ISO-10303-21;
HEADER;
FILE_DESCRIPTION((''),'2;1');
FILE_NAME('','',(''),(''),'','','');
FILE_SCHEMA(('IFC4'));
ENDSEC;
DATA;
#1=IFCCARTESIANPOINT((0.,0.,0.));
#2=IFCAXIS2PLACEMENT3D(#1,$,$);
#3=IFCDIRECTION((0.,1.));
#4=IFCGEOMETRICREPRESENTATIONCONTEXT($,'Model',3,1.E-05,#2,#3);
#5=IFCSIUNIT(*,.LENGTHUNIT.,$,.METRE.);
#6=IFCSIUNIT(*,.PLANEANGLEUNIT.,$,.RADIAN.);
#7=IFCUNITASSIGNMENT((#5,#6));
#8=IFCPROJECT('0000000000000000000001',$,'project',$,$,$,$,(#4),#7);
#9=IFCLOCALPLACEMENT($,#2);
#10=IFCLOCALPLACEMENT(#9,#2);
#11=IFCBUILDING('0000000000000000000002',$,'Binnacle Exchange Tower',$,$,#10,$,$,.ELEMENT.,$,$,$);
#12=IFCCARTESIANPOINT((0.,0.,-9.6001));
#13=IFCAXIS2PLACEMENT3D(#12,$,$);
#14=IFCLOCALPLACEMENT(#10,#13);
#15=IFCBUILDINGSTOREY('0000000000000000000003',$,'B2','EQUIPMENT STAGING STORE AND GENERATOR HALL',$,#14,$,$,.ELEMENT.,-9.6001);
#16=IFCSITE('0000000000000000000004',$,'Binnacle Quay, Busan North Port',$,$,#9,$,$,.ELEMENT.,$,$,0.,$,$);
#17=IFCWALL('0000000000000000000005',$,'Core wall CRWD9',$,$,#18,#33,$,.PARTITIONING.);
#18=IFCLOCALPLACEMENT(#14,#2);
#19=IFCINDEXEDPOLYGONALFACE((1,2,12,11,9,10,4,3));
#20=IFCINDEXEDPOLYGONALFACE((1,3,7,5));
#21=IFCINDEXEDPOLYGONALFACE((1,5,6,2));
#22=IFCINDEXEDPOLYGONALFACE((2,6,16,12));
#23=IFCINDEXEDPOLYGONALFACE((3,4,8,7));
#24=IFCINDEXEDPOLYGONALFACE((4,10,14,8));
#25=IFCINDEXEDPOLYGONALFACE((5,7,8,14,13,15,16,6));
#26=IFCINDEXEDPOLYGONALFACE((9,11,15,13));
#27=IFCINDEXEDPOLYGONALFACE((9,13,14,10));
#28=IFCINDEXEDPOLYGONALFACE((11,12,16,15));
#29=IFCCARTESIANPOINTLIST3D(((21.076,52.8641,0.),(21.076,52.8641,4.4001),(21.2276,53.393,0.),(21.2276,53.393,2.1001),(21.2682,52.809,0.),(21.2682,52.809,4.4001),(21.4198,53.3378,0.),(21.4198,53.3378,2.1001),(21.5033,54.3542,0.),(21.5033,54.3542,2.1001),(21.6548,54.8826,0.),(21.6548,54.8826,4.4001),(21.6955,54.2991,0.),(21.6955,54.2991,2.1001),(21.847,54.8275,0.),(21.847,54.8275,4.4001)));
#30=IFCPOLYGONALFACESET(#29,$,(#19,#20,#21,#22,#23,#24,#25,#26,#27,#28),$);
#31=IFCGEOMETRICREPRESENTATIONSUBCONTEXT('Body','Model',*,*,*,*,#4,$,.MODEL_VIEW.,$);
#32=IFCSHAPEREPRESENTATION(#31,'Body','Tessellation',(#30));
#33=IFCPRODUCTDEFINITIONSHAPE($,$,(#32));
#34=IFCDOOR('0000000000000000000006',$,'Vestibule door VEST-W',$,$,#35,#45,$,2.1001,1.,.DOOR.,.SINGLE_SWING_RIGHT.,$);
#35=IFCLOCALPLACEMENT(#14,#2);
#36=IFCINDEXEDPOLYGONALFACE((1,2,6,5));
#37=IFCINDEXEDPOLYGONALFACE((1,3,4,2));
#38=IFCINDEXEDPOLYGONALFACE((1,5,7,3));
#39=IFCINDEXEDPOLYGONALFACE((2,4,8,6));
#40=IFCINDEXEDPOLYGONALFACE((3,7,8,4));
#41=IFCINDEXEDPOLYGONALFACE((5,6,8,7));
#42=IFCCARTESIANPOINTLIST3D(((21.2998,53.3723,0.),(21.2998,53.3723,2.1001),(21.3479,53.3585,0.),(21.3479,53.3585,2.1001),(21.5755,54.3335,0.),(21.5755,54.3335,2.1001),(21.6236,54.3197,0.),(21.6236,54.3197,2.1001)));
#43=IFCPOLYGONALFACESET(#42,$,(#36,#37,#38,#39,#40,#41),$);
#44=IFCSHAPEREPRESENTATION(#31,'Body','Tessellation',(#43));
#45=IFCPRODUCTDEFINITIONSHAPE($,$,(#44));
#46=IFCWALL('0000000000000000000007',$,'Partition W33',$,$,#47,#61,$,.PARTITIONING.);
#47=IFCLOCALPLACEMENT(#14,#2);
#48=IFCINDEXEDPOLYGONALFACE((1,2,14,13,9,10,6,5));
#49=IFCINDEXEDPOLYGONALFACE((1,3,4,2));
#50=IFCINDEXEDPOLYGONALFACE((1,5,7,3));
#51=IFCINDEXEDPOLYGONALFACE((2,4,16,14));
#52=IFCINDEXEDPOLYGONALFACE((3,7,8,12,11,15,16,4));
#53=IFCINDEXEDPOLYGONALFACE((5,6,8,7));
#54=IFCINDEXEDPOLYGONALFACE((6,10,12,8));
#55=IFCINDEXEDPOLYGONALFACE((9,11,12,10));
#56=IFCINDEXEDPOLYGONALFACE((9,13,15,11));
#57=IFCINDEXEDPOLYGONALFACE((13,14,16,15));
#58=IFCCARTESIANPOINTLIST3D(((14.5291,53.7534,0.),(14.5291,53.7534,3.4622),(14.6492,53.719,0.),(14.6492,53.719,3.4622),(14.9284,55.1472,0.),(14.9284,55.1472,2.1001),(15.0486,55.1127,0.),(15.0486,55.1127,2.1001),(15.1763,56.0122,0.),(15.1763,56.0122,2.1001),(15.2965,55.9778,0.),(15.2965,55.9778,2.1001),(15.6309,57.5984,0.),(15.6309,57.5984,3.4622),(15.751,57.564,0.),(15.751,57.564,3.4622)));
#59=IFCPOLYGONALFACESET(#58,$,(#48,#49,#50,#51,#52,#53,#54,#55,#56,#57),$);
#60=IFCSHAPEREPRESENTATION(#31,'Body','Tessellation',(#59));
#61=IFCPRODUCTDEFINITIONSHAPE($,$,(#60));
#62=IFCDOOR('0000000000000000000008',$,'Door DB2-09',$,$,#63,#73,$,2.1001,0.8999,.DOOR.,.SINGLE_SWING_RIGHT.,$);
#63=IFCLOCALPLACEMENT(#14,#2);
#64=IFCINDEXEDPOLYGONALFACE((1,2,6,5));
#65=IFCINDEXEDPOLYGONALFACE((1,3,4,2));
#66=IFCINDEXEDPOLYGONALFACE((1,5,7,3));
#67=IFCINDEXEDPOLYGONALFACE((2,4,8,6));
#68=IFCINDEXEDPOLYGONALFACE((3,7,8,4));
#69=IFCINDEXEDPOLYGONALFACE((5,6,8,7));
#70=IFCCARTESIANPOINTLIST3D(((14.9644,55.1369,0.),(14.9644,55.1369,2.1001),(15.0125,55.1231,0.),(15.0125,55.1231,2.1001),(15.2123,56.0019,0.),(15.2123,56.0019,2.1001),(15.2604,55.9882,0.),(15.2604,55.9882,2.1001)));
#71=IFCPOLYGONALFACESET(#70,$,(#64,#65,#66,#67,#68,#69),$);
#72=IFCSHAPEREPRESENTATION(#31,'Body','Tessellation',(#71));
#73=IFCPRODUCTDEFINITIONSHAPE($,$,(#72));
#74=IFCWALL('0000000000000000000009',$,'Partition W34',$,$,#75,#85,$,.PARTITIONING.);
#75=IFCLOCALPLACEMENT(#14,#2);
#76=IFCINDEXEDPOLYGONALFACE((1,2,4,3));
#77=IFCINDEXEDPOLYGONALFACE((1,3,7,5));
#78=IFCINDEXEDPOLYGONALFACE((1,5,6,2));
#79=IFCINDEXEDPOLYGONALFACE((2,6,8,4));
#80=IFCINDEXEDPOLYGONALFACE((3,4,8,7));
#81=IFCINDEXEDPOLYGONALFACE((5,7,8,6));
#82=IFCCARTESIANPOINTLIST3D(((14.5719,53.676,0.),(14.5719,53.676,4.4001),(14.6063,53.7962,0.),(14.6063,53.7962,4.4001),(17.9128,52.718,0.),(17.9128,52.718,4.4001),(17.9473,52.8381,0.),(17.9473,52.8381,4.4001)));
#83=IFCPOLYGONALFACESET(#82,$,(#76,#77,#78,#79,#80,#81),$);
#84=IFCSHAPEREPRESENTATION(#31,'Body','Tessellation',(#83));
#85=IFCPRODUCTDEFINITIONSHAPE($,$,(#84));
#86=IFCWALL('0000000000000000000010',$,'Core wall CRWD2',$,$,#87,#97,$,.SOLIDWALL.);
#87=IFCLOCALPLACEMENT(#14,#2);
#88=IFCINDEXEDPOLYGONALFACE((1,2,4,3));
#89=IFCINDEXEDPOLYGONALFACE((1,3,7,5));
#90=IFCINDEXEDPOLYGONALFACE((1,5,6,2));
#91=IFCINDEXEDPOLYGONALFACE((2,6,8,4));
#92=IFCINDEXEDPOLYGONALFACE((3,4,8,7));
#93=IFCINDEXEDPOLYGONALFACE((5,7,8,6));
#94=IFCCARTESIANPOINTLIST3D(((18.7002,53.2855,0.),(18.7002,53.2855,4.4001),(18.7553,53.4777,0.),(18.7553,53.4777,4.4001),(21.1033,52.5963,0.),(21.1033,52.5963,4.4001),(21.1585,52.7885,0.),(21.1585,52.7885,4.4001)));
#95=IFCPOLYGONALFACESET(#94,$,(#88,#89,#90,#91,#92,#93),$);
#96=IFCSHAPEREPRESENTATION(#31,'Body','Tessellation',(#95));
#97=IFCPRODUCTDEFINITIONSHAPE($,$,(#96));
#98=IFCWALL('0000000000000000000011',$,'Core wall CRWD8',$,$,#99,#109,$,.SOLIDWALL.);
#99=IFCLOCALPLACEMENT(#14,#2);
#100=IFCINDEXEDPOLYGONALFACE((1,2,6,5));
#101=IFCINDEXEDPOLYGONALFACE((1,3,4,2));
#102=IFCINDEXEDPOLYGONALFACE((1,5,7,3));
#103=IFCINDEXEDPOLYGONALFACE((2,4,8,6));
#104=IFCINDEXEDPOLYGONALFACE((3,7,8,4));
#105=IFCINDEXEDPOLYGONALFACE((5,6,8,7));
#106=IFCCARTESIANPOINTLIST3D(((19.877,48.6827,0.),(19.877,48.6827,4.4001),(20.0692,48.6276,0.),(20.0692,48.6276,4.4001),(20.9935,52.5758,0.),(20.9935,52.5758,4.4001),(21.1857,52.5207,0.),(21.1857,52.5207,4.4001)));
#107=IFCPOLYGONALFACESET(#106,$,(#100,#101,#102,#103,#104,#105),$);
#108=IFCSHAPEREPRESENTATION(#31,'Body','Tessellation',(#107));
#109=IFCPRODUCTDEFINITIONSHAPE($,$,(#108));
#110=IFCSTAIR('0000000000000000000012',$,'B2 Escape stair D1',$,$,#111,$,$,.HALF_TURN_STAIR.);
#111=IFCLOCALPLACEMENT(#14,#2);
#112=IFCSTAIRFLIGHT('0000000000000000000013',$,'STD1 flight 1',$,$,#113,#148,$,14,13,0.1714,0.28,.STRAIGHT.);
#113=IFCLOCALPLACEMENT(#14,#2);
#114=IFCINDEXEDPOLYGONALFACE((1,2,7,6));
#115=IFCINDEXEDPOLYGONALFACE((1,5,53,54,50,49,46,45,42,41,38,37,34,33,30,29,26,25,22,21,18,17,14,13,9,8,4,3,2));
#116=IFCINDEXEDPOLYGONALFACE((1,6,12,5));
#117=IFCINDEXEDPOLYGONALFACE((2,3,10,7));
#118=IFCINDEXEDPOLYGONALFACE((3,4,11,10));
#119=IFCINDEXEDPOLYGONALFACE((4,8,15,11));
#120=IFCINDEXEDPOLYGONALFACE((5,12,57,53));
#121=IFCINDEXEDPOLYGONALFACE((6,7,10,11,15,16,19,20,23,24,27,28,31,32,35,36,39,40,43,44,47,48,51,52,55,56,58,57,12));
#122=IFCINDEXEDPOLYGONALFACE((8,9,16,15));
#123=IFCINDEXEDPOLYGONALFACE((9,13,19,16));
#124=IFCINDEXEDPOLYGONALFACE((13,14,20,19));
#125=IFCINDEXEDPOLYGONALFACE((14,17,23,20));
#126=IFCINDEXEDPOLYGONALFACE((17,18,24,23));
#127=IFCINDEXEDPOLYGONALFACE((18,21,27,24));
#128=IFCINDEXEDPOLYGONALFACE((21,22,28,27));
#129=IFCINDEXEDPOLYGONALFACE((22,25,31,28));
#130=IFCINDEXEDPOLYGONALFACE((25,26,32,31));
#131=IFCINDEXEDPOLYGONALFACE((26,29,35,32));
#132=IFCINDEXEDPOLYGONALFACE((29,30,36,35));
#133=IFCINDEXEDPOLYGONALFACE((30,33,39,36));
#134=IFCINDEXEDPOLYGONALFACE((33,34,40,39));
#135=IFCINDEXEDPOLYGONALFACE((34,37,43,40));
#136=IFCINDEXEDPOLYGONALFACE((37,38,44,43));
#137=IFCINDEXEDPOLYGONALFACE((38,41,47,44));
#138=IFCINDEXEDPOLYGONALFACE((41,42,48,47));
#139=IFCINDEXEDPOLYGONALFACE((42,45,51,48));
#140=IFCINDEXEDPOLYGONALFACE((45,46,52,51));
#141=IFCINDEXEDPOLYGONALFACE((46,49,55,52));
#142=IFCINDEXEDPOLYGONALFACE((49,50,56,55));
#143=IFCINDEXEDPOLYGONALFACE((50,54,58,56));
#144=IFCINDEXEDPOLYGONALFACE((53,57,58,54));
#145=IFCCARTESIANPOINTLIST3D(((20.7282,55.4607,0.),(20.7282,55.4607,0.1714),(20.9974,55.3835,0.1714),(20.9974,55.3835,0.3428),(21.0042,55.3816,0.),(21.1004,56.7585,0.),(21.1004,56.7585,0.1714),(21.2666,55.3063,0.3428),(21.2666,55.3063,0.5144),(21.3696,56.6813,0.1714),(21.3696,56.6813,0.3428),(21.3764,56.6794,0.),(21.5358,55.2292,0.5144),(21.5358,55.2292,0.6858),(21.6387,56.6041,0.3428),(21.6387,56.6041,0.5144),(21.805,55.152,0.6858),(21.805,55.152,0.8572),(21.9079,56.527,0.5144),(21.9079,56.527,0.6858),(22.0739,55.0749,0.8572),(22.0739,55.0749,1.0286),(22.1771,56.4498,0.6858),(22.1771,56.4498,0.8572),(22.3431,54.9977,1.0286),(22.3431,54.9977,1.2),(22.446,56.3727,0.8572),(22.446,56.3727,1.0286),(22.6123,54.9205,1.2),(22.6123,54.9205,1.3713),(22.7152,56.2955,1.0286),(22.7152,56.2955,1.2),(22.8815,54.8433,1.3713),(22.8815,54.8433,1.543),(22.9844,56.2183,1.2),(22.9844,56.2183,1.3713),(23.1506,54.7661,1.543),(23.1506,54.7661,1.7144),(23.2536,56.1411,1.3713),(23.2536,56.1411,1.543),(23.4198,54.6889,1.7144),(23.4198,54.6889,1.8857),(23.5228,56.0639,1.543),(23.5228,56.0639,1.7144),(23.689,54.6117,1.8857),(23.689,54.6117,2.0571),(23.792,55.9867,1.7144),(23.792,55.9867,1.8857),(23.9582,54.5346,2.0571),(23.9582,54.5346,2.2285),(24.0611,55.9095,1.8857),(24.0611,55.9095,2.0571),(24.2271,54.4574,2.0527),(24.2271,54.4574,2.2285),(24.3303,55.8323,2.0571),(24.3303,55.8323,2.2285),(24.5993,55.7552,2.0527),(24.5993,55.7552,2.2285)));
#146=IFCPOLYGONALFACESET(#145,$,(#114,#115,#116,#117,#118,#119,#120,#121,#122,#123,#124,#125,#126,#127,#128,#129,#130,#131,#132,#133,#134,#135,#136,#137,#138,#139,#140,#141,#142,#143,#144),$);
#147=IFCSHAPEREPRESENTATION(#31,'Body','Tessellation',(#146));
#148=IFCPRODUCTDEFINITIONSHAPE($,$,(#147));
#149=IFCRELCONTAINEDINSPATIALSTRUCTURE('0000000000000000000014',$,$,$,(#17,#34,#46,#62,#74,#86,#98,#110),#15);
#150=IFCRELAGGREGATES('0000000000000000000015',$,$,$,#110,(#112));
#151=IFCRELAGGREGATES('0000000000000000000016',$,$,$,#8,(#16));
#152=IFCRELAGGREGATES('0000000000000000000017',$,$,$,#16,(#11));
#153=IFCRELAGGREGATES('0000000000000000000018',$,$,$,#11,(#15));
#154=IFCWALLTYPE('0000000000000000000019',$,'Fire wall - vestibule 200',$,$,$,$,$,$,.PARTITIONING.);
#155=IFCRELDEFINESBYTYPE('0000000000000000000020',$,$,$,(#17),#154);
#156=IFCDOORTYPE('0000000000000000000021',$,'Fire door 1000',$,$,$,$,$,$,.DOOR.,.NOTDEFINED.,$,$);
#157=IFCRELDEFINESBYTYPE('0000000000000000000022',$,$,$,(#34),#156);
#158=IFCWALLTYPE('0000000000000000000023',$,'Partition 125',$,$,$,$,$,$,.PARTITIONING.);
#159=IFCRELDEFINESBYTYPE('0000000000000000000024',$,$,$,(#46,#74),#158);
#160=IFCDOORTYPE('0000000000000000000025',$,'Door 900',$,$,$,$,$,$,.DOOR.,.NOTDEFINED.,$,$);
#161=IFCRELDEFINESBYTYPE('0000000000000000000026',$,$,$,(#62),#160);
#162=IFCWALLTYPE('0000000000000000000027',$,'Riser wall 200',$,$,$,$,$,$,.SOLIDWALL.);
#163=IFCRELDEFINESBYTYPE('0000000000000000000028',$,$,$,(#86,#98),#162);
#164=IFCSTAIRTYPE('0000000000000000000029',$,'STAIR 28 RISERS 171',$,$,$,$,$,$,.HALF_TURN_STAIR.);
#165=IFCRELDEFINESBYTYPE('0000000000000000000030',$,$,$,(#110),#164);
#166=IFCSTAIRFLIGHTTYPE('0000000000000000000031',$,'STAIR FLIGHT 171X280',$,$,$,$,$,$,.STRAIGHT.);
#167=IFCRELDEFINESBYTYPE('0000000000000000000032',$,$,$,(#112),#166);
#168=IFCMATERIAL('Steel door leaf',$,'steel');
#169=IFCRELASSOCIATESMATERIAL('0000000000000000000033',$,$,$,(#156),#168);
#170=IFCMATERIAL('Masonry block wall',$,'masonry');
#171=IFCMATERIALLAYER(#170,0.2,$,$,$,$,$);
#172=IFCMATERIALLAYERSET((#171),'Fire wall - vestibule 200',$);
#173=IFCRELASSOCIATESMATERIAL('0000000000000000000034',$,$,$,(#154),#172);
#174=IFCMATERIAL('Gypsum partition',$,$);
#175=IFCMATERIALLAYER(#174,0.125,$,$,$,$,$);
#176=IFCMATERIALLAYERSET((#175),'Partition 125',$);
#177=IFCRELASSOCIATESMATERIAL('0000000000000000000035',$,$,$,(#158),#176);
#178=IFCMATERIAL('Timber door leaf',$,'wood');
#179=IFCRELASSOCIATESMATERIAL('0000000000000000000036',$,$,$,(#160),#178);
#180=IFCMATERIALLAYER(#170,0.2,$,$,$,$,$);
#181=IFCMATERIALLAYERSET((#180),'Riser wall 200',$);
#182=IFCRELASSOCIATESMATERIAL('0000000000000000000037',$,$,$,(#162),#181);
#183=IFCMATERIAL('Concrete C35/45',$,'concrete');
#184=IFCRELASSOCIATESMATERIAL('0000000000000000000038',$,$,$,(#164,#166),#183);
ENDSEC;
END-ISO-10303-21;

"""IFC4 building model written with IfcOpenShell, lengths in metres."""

from ifc_helpers import new_model, si_unit, direction, frame, frame_2d, origin, place, context, subcontext, project, spatial, polyline, rectangle, outline, extrude, material, layer, layer_set, type_object, element, fill, aggregate, save


model = new_model("IFC4")

# Units and contexts
model_context = context("Model", 3, precision=1e-05, world=origin(), true_north=direction((0.0, 1.0)))
body_context = subcontext(model_context, "Body", "Model", "MODEL_VIEW")
ifc_project = project(units=[si_unit("LENGTHUNIT", "METRE"), si_unit("PLANEANGLEUNIT", "RADIAN")], contexts=[model_context])

# Site, building, storey
site_placement = place(None, origin())
site = spatial("IfcSite", under=ifc_project, at=site_placement, Name="Binnacle Quay, Busan North Port", CompositionType="ELEMENT", RefElevation=0.0)
building_placement = place(site_placement, origin())
building = spatial("IfcBuilding", under=site, at=building_placement, Name="Binnacle Exchange Tower", CompositionType="ELEMENT")
storey_placement = place(building_placement, frame((0.0, 0.0, -9.6001)))
storey = spatial("IfcBuildingStorey", under=building, at=storey_placement, Name="B2", Description="EQUIPMENT STAGING STORE AND GENERATOR HALL", CompositionType="ELEMENT", Elevation=-9.6001)

# Shared definitions
ifc_material_1 = material(Name="Steel door leaf", Category="steel")

# Shared definitions
door_type_1 = type_object("IfcDoorType", Name="Fire door 1000", OperationType="NOTDEFINED", PredefinedType="DOOR", material=ifc_material_1)

# Walls, openings, doors
ifc_material_2 = material(Name="Masonry block wall", Category="masonry")
ifc_layer_1 = layer(ifc_material_2, 0.2)
ifc_layer_set_1 = layer_set([ifc_layer_1], Name="Fire wall - vestibule 200")
wall_type_1 = type_object("IfcWallType", Name="Fire wall - vestibule 200", PredefinedType="PARTITIONING", material=ifc_layer_set_1)
wall_1_placement = place(storey_placement, frame((21.1721, 52.8367, 0.0), z_axis=(0.0, 0.0, 1.0), x_axis=(0.275658, 0.961256, 0.0)))
wall_1 = element("IfcWall", 1, at=wall_1_placement, inside=storey, type_object=wall_type_1, Name="Core wall CRWD9", PredefinedType="PARTITIONING", context=body_context, shape_type="SweptSolid", body=[
    extrude(rectangle(XDim=2.0999, YDim=0.2, at=frame_2d((1.0498, 0.0))), origin(), (0.0, 0.0, 1.0), 4.4001),
])
opening_1_placement = place(wall_1_placement, frame((0.55, 0.0, 0.0)))
opening_1 = element("IfcOpeningElement", 2, at=opening_1_placement, cuts=wall_1, PredefinedType="OPENING", context=body_context, shape_type="SweptSolid", body=[
    extrude(rectangle(XDim=1.0, YDim=2.1001, at=frame_2d((0.5, 1.05))), frame((0.0, 0.1099, 0.0), z_axis=(0.0, -1.0, 0.0), x_axis=(1.0, 0.0, 0.0)), (0.0, 0.0, 1.0), 0.22),
])
door_1_placement = place(opening_1_placement, origin())
door_1 = element("IfcDoor", 3, at=door_1_placement, inside=storey, type_object=door_type_1, Name="Vestibule door VEST-W", OperationType="SINGLE_SWING_RIGHT", OverallHeight=2.1001, OverallWidth=1.0, PredefinedType="DOOR", context=body_context, shape_type="SweptSolid", body=[
    extrude(rectangle(XDim=1.0, YDim=2.1001, at=frame_2d((0.5, 1.05))), frame((0.0, 0.0249, 0.0), z_axis=(0.0, -1.0, 0.0), x_axis=(1.0, 0.0, 0.0)), (0.0, 0.0, 1.0), 0.05),
])
fill(opening_1, door_1)
ifc_material_3 = material(Name="Gypsum partition")
ifc_layer_2 = layer(ifc_material_3, 0.125)
ifc_layer_set_2 = layer_set([ifc_layer_2], Name="Partition 125")
wall_type_2 = type_object("IfcWallType", Name="Partition 125", PredefinedType="PARTITIONING", material=ifc_layer_set_2)
wall_2_placement = place(storey_placement, frame((14.5891, 53.7361, 0.0), z_axis=(0.0, 0.0, 1.0), x_axis=(0.275471, 0.961309, 0.0)))
wall_2 = element("IfcWall", 4, at=wall_2_placement, inside=storey, type_object=wall_type_2, Name="Partition W33", PredefinedType="PARTITIONING", context=body_context, shape_type="SweptSolid", body=[
    extrude(rectangle(XDim=3.9998, YDim=0.125, at=frame_2d((2.0, 0.0))), origin(), (0.0, 0.0, 1.0), 3.4622),
])
opening_2_placement = place(wall_2_placement, frame((1.45, 0.0, 0.0)))
opening_2 = element("IfcOpeningElement", 5, at=opening_2_placement, cuts=wall_2, PredefinedType="OPENING", context=body_context, shape_type="SweptSolid", body=[
    extrude(rectangle(XDim=0.8999, YDim=2.1001, at=frame_2d((0.45, 1.05))), frame((0.0, 0.0725, 0.0), z_axis=(0.0, -1.0, 0.0), x_axis=(1.0, 0.0, 0.0)), (0.0, 0.0, 1.0), 0.145),
])
ifc_material_4 = material(Name="Timber door leaf", Category="wood")
door_type_2 = type_object("IfcDoorType", Name="Door 900", OperationType="NOTDEFINED", PredefinedType="DOOR", material=ifc_material_4)
door_2_placement = place(opening_2_placement, frame((0.8999, 0.0, 0.0), z_axis=(0.0, 0.0, 1.0), x_axis=(-1.0, 0.0, 0.0)))
door_2 = element("IfcDoor", 6, at=door_2_placement, inside=storey, type_object=door_type_2, Name="Door DB2-09", OperationType="SINGLE_SWING_RIGHT", OverallHeight=2.1001, OverallWidth=0.8999, PredefinedType="DOOR", context=body_context, shape_type="SweptSolid", body=[
    extrude(rectangle(XDim=0.8999, YDim=2.1001, at=frame_2d((0.45, 1.05))), frame((0.0, 0.0249, 0.0), z_axis=(0.0, -1.0, 0.0), x_axis=(1.0, 0.0, 0.0)), (0.0, 0.0, 1.0), 0.05),
])
fill(opening_2, door_2)

# Walls
wall_3_placement = place(storey_placement, frame((14.5891, 53.7361, 0.0), z_axis=(0.0, 0.0, 1.0), x_axis=(0.961258, -0.275649, 0.0)))
element("IfcWall", 7, at=wall_3_placement, inside=storey, type_object=wall_type_2, Name="Partition W34", PredefinedType="PARTITIONING", context=body_context, shape_type="SweptSolid", body=[
    extrude(rectangle(XDim=3.4756, YDim=0.125, at=frame_2d((1.7378, 0.0))), origin(), (0.0, 0.0, 1.0), 4.4001),
])
ifc_layer_3 = layer(ifc_material_2, 0.2)
ifc_layer_set_3 = layer_set([ifc_layer_3], Name="Riser wall 200")
wall_type_3 = type_object("IfcWallType", Name="Riser wall 200", PredefinedType="SOLIDWALL", material=ifc_layer_set_3)
wall_4_placement = place(storey_placement, frame((18.7278, 53.3816, 0.0), z_axis=(0.0, 0.0, 1.0), x_axis=(0.961247, -0.275688, 0.0)))
element("IfcWall", 8, at=wall_4_placement, inside=storey, type_object=wall_type_3, Name="Core wall CRWD2", PredefinedType="SOLIDWALL", context=body_context, shape_type="SweptSolid", body=[
    extrude(rectangle(XDim=2.5, YDim=0.2, at=frame_2d((1.25, 0.0))), origin(), (0.0, 0.0, 1.0), 4.4001),
])
wall_5_placement = place(storey_placement, frame((19.9731, 48.6553, 0.0), z_axis=(0.0, 0.0, 1.0), x_axis=(0.275668, 0.961253, 0.0)))
element("IfcWall", 9, at=wall_5_placement, inside=storey, type_object=wall_type_3, Name="Core wall CRWD8", PredefinedType="SOLIDWALL", context=body_context, shape_type="SweptSolid", body=[
    extrude(rectangle(XDim=4.05, YDim=0.2, at=frame_2d((2.0249, 0.0))), origin(), (0.0, 0.0, 1.0), 4.4001),
])

# Stair, stair flight
ifc_material_5 = material(Name="Concrete C35/45", Category="concrete")
stair_type = type_object("IfcStairType", Name="STAIR 28 RISERS 171", PredefinedType="HALF_TURN_STAIR", material=ifc_material_5)
stair_placement = place(storey_placement, origin())
stair = element("IfcStair", 10, at=stair_placement, inside=storey, type_object=stair_type, Name="B2 Escape stair D1", PredefinedType="HALF_TURN_STAIR")
stair_flight_type = type_object("IfcStairFlightType", Name="STAIR FLIGHT 171X280", PredefinedType="STRAIGHT", material=ifc_material_5)
stair_flight_placement = place(storey_placement, frame((20.9143, 56.1096, 0.0), z_axis=(0.0, 0.0, 1.0), x_axis=(0.961262, -0.275637, 0.0)))
stair_flight = element("IfcStairFlight", 11, at=stair_flight_placement, type_object=stair_flight_type, Name="STD1 flight 1", NumberOfRisers=14, NumberOfTreads=13, PredefinedType="STRAIGHT", RiserHeight=0.1714, TreadLength=0.28, context=body_context, shape_type="SweptSolid", body=[
    extrude(outline(polyline([(0.0, 0.0), (0.0, 0.1714), (0.28, 0.1714), (0.28, 0.3428), (0.5601, 0.3428), (0.5601, 0.5144), (0.8401, 0.5144), (0.8401, 0.6858), (1.1201, 0.6858), (1.1201, 0.8572), (1.3999, 0.8572), (1.3999, 1.0286), (1.6799, 1.0286), (1.6799, 1.2), (1.96, 1.2), (1.96, 1.3713), (2.24, 1.3713), (2.24, 1.543), (2.52, 1.543), (2.52, 1.7144), (2.8, 1.7144), (2.8, 1.8857), (3.0801, 1.8857), (3.0801, 2.0571), (3.3601, 2.0571), (3.3601, 2.2285), (3.6399, 2.2285), (3.6399, 2.3999), (3.6399, 2.0527), (0.2871, 0.0), (0.0, 0.0)])), frame((0.0, 0.675, 0.0), z_axis=(0.0, -1.0, 0.0), x_axis=(1.0, 0.0, 0.0)), (0.0, 0.0, 1.0), 1.3501),
])
aggregate(stair, [stair_flight])

save(model, "model.ifc")
